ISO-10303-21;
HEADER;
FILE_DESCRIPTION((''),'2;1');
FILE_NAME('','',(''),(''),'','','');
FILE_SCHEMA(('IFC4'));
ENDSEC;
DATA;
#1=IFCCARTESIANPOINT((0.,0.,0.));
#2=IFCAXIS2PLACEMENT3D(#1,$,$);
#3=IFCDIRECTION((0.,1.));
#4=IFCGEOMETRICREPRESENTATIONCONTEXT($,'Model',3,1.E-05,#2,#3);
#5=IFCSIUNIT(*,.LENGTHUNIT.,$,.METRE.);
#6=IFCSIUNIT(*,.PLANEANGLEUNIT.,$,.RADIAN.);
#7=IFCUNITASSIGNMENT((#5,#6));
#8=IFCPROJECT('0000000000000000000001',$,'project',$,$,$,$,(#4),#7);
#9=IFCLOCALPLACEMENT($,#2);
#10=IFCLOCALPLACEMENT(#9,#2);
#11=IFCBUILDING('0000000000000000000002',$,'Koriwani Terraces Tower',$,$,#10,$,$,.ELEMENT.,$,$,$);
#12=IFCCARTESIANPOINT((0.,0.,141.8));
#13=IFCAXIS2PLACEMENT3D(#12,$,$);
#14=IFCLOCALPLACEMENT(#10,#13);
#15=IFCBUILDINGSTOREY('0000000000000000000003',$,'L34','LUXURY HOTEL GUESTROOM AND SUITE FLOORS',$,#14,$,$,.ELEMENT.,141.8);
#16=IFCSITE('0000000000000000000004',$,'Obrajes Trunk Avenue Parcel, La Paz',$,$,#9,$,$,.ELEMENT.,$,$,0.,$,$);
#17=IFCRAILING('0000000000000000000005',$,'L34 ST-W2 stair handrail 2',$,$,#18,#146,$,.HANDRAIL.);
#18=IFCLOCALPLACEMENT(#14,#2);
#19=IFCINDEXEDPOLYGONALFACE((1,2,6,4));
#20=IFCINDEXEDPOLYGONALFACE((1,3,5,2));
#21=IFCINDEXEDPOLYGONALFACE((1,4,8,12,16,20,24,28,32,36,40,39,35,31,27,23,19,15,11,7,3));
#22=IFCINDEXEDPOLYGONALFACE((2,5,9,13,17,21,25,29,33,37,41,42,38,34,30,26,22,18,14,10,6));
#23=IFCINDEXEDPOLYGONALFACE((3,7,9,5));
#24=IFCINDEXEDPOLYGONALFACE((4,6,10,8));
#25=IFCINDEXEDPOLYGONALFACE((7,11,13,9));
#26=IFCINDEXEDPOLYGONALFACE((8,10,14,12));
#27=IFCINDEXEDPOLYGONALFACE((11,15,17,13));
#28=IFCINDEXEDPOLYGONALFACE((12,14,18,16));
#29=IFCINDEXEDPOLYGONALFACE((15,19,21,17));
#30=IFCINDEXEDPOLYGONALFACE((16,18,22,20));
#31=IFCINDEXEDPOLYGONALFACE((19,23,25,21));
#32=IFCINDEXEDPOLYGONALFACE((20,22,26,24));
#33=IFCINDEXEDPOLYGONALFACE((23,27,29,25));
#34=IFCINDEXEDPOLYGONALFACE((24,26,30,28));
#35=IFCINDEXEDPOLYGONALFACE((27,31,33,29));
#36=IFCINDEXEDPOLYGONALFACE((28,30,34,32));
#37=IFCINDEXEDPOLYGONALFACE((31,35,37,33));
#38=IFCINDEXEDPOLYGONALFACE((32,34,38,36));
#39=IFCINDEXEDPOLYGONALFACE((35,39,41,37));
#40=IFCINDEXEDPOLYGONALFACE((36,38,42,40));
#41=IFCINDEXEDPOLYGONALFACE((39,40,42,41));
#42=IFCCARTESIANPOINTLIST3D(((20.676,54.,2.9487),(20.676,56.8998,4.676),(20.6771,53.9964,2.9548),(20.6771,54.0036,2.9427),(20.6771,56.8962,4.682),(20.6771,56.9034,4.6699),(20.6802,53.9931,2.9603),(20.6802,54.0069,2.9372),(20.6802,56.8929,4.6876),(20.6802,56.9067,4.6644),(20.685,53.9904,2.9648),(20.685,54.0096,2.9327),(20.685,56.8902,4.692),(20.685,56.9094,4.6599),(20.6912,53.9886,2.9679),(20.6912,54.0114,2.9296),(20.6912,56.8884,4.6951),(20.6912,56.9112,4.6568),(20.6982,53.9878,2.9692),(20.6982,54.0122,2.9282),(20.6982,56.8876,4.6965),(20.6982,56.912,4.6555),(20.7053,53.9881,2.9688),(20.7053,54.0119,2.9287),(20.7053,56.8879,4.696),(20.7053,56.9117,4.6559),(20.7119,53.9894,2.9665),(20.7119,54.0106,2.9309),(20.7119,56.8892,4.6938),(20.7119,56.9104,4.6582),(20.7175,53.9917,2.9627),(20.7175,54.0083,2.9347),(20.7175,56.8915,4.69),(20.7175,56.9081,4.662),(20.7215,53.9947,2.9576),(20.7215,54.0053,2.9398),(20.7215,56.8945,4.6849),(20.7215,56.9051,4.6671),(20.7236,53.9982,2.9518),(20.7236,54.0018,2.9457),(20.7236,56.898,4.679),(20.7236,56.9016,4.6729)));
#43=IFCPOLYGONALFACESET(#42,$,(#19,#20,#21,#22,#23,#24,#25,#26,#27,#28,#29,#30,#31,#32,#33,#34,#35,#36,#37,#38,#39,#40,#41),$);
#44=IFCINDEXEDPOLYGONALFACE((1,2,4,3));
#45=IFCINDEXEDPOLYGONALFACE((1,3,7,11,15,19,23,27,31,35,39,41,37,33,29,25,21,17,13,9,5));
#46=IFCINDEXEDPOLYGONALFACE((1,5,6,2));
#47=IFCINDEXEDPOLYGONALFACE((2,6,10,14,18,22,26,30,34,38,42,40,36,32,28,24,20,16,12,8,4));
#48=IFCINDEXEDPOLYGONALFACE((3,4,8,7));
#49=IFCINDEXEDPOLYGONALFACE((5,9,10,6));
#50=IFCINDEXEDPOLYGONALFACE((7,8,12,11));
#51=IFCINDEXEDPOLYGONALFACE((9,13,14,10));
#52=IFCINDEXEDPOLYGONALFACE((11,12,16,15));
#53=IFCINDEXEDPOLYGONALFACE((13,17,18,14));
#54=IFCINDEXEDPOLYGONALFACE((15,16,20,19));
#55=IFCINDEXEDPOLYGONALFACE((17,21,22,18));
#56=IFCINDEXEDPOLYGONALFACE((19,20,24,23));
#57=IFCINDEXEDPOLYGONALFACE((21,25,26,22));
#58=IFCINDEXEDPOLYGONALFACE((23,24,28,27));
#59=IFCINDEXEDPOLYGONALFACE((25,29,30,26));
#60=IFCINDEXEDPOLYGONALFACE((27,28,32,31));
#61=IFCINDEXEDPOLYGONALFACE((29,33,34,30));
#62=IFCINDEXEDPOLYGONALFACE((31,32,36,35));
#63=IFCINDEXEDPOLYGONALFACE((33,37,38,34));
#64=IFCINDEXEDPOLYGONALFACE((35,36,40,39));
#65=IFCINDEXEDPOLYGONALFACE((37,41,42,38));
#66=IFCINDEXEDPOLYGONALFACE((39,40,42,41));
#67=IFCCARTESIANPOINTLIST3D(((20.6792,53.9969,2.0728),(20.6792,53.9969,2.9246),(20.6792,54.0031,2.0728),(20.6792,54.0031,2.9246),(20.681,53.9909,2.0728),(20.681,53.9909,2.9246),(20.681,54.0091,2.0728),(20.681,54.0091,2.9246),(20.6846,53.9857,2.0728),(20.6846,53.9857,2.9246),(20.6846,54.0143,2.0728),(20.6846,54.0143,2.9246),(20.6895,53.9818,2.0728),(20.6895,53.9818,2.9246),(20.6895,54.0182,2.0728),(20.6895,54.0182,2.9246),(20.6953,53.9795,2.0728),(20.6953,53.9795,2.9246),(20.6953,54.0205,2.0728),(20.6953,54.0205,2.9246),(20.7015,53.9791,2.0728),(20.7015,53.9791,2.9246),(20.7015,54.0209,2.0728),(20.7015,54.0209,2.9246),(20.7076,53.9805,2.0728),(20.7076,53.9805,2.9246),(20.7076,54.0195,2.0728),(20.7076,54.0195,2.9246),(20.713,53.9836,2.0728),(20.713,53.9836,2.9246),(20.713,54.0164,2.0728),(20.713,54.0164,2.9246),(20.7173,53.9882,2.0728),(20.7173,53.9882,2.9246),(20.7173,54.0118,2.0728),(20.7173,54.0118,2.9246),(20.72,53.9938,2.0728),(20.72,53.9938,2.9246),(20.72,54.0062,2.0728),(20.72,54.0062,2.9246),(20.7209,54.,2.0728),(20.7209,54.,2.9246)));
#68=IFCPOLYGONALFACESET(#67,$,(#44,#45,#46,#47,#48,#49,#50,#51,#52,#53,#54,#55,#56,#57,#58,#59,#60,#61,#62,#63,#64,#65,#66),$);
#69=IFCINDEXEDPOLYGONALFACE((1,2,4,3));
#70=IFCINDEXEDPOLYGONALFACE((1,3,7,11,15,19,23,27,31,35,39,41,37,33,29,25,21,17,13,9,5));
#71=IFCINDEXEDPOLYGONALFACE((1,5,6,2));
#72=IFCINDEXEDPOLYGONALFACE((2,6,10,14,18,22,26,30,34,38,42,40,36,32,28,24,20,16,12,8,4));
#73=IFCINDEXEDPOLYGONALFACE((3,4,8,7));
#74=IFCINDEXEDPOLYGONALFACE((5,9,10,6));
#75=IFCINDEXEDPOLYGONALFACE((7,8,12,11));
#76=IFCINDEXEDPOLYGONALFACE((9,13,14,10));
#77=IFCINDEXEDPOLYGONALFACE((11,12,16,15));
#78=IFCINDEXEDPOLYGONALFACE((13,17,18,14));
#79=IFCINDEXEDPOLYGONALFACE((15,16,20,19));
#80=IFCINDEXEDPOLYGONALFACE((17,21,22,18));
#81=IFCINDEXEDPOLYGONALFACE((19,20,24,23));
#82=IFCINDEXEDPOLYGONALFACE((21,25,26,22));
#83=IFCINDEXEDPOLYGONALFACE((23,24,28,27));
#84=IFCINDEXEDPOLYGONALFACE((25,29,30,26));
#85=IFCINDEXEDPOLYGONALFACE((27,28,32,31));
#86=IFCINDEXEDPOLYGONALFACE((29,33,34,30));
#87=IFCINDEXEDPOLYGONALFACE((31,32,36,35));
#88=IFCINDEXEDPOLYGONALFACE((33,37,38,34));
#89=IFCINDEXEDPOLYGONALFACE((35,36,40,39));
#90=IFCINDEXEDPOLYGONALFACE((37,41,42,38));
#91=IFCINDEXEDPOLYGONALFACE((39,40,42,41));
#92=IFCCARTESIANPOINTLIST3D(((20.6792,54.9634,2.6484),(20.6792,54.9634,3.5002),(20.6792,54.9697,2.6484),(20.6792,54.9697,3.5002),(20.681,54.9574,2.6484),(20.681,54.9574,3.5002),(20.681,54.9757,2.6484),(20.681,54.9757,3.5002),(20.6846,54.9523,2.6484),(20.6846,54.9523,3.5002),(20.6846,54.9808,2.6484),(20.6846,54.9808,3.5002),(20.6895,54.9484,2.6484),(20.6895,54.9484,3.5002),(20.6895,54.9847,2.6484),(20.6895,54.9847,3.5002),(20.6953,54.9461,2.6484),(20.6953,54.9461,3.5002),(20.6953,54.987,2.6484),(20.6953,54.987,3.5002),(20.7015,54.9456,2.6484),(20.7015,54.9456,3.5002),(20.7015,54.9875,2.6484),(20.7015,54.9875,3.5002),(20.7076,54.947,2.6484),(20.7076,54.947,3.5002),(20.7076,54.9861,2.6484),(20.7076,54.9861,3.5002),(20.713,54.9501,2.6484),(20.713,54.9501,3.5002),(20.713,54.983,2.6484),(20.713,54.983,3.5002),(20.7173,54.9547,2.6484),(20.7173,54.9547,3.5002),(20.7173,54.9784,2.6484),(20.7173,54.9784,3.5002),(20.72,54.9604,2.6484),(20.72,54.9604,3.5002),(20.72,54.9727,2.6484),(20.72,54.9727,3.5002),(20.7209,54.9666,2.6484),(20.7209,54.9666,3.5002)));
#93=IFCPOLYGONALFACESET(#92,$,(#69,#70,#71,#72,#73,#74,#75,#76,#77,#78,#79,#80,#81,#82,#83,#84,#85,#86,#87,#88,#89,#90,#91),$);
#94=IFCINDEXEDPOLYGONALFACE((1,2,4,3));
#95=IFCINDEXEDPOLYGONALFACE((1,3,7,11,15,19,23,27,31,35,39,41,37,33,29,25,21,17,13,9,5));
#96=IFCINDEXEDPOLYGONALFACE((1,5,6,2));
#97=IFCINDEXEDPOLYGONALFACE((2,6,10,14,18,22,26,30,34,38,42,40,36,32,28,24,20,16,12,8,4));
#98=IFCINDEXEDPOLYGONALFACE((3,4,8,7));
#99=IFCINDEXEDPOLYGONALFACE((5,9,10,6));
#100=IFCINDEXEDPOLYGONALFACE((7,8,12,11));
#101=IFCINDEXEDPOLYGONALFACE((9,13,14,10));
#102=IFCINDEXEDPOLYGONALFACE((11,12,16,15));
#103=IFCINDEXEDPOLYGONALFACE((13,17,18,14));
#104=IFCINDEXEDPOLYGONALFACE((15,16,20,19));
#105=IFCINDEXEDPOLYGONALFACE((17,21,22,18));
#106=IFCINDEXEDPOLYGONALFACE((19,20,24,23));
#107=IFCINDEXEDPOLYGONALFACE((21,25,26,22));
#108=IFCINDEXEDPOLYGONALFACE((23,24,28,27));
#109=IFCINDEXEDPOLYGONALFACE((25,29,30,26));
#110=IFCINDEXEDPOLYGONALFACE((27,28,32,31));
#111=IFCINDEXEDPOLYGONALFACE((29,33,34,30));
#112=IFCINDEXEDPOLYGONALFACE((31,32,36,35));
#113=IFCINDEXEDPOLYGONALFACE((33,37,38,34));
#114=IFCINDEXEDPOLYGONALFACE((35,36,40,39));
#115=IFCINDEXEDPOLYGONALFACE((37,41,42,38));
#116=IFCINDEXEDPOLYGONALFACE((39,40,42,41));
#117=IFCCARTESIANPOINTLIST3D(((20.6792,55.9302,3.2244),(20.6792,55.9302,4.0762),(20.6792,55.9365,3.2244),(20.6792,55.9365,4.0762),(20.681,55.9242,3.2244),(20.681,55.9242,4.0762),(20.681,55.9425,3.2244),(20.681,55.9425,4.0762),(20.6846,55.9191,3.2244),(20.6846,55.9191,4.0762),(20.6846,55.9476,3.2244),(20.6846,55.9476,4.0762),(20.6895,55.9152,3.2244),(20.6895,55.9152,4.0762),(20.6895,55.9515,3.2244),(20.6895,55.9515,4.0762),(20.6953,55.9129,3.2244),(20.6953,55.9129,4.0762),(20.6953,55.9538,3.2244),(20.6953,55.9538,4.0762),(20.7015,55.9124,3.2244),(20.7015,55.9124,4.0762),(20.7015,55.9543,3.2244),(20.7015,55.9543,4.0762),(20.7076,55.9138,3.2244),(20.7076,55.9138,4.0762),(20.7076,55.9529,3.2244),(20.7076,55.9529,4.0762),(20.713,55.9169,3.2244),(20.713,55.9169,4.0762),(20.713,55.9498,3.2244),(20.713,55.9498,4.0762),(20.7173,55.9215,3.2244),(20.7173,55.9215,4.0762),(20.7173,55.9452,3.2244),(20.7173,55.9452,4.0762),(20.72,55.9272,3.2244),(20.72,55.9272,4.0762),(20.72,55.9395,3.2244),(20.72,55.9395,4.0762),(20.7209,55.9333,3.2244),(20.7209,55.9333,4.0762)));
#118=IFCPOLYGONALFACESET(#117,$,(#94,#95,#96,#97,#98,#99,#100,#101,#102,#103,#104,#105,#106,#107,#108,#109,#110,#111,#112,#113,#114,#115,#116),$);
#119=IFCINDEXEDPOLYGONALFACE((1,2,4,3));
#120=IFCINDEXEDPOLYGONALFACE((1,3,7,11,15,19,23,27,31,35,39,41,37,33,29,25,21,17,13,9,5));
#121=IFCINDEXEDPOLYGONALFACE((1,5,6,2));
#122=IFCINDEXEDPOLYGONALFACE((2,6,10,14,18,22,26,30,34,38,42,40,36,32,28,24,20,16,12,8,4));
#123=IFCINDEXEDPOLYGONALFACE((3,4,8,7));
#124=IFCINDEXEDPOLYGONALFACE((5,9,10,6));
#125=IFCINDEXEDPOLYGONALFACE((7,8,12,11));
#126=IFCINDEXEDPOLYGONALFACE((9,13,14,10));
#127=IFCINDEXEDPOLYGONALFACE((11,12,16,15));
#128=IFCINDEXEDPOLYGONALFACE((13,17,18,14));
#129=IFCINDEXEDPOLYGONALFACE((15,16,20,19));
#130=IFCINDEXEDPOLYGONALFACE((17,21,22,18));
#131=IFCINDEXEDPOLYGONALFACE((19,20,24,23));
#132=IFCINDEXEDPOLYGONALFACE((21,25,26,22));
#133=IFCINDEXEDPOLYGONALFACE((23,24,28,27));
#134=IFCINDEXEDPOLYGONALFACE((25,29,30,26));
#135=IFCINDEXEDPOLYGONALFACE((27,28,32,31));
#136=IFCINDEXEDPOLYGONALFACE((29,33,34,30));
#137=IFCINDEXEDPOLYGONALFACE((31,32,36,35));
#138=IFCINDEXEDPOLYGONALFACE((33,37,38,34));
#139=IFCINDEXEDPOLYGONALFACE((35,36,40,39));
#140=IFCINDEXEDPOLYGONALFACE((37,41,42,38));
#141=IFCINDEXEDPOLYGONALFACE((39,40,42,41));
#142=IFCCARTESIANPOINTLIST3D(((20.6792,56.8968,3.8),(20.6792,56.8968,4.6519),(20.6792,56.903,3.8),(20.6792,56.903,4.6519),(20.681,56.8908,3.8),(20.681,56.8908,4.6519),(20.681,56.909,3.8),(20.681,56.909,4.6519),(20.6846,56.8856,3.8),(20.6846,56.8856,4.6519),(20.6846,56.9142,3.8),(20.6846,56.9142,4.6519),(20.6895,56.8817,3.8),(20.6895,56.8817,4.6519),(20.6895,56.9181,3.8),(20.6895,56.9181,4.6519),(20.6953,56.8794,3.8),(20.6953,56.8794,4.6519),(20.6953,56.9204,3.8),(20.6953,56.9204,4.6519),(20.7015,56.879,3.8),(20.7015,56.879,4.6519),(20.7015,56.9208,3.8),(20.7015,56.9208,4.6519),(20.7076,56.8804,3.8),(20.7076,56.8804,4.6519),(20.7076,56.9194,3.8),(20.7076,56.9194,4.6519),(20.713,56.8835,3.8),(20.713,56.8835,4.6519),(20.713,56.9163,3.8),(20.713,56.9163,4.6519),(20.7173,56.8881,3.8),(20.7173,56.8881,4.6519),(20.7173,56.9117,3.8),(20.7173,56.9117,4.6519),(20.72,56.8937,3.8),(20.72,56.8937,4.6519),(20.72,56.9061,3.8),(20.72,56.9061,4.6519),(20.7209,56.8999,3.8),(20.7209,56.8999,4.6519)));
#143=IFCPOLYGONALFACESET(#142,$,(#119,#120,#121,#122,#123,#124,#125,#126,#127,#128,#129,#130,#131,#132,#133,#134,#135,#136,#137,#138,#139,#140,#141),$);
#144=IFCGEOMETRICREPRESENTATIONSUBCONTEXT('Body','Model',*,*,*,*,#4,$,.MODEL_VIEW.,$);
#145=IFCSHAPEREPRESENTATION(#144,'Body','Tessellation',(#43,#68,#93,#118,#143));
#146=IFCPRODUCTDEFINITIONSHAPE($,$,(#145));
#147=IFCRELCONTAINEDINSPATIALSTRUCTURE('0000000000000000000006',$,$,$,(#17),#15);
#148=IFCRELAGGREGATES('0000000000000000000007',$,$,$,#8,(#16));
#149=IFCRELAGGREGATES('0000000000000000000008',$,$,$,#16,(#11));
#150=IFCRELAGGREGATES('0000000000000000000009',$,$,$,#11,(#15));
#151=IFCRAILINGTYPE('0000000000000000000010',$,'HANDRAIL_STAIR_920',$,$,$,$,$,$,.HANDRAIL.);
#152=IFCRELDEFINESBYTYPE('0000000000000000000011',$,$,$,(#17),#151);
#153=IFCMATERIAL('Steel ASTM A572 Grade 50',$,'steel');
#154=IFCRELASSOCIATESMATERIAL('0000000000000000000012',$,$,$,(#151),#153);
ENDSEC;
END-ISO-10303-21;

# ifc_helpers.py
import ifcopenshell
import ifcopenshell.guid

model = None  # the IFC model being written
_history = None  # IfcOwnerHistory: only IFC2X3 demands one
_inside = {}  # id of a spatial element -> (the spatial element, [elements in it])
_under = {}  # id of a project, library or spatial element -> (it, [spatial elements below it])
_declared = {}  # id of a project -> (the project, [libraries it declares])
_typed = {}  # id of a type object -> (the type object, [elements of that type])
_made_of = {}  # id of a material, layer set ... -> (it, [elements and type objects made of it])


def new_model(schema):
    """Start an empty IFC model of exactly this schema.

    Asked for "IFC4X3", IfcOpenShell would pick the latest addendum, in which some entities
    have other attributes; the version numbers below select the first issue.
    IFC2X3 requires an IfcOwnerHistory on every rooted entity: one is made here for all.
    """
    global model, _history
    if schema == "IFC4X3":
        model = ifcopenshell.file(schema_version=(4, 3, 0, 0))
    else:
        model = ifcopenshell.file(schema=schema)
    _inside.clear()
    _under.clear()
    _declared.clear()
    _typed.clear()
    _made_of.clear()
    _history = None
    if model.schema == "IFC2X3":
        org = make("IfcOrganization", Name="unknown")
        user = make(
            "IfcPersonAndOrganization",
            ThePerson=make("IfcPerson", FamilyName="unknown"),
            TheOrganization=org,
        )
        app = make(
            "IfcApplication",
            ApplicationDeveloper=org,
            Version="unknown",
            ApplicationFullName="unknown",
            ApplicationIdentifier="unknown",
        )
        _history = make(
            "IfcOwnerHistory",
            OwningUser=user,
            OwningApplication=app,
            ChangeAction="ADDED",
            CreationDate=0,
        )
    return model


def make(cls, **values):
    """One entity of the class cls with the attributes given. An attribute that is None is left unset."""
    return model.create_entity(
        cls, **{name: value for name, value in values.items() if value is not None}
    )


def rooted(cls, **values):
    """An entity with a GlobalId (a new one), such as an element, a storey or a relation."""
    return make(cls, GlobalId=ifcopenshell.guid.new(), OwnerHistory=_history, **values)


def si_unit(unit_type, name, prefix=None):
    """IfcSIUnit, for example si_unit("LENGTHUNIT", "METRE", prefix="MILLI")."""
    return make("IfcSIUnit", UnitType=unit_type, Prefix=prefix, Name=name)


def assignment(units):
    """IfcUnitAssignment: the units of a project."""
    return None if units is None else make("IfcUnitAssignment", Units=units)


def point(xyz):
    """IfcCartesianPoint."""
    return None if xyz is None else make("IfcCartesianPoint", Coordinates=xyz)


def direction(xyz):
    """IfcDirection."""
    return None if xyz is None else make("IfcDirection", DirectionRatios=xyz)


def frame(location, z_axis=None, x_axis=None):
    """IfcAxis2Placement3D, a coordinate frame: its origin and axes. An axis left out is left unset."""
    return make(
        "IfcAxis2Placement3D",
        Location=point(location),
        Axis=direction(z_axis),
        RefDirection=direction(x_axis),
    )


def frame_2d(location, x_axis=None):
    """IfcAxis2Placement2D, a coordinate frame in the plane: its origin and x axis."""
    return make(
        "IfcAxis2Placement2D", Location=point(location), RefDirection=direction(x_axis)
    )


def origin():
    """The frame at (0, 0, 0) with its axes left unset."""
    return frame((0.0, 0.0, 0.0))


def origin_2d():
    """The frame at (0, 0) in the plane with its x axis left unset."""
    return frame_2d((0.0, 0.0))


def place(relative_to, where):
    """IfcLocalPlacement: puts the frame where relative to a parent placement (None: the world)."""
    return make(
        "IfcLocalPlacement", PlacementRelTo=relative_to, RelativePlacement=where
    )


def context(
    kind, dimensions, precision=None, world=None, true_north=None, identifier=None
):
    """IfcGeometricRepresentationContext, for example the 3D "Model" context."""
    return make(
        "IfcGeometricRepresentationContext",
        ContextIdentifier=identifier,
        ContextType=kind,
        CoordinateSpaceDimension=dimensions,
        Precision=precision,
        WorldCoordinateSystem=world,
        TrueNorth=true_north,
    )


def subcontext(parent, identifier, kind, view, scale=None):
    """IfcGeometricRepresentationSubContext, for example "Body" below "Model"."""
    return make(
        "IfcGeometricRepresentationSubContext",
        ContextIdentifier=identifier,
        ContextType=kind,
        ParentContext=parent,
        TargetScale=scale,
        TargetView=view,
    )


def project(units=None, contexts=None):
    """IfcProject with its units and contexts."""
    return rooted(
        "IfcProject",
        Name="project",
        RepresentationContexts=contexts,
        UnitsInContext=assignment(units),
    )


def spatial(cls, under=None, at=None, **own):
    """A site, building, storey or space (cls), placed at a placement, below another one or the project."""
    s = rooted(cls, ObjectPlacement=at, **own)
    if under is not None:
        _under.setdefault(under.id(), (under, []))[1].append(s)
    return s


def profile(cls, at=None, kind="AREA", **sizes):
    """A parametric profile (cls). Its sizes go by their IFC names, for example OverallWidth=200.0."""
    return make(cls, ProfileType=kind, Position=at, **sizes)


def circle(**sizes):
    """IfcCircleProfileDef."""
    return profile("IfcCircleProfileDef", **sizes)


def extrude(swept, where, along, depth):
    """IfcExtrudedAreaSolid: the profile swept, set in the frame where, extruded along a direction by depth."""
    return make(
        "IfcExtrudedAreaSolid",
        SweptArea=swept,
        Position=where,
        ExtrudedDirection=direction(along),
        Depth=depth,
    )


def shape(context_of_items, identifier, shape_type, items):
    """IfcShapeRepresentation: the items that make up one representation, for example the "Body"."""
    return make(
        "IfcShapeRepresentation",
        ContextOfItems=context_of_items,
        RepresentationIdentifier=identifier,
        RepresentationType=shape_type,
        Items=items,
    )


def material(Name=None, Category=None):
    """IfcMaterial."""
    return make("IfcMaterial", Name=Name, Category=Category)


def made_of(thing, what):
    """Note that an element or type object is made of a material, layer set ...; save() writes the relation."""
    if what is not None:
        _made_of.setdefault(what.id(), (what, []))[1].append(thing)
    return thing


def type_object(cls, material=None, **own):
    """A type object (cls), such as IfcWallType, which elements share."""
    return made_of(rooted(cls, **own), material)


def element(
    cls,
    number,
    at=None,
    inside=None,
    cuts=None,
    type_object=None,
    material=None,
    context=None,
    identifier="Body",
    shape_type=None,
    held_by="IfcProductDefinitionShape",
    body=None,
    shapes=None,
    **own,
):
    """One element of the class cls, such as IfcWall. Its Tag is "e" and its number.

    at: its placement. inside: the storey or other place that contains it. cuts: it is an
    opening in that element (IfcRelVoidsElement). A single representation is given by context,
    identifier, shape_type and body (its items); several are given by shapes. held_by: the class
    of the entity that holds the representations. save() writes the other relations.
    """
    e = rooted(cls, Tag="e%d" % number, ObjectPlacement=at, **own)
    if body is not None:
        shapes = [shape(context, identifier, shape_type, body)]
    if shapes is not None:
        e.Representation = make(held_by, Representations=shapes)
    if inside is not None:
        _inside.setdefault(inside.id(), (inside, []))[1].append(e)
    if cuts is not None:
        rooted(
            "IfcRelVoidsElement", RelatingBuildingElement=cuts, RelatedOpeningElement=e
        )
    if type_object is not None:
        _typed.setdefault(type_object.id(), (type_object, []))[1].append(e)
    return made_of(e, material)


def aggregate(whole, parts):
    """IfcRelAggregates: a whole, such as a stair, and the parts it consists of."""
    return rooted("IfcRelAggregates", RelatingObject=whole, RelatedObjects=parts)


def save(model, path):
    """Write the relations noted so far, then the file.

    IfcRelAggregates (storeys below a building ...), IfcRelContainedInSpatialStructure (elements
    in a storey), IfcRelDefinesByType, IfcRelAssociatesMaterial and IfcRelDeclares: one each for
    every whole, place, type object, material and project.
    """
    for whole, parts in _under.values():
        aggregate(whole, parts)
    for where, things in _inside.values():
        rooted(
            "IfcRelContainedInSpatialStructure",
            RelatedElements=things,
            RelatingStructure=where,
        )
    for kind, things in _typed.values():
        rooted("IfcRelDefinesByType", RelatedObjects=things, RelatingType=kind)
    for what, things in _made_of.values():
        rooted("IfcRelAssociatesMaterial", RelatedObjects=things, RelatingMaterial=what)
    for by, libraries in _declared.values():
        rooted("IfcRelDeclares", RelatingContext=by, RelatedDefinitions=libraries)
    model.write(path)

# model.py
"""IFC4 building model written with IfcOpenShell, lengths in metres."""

from ifc_helpers import new_model, si_unit, direction, frame, origin, origin_2d, place, context, subcontext, project, spatial, circle, extrude, material, type_object, element, save


model = new_model("IFC4")

# Units and contexts
model_context = context("Model", 3, precision=1e-05, world=origin(), true_north=direction((0.0, 1.0)))
body_context = subcontext(model_context, "Body", "Model", "MODEL_VIEW")
ifc_project = project(units=[si_unit("LENGTHUNIT", "METRE"), si_unit("PLANEANGLEUNIT", "RADIAN")], contexts=[model_context])

# Site, building, storey
site_placement = place(None, origin())
site = spatial("IfcSite", under=ifc_project, at=site_placement, Name="Obrajes Trunk Avenue Parcel, La Paz", CompositionType="ELEMENT", RefElevation=0.0)
building_placement = place(site_placement, origin())
building = spatial("IfcBuilding", under=site, at=building_placement, Name="Koriwani Terraces Tower", CompositionType="ELEMENT")
storey_placement = place(building_placement, frame((0.0, 0.0, 141.8)))
storey = spatial("IfcBuildingStorey", under=building, at=storey_placement, Name="L34", Description="LUXURY HOTEL GUESTROOM AND SUITE FLOORS", CompositionType="ELEMENT", Elevation=141.8)

# Shared definitions
ifc_material_1 = material(Name="Steel ASTM A572 Grade 50", Category="steel")

# Railing
railing_type_1 = type_object("IfcRailingType", Name="HANDRAIL_STAIR_920", PredefinedType="HANDRAIL", material=ifc_material_1)
for number, where, name in (
    (1, (20.7, 54.0, 2.0728), "L34 ST-W2 stair handrail 2"),
):
    element("IfcRailing", number, at=place(storey_placement, frame(where)), inside=storey, type_object=railing_type_1, Name=name, PredefinedType="HANDRAIL", context=body_context, shape_type="SweptSolid", body=[
        extrude(circle(Radius=0.0239, at=origin_2d()), frame((0.0, 0.0, 0.876), z_axis=(0.0, 0.859141, 0.511738), x_axis=(-1.0, 0.0, 0.0)), (0.0, 0.0, 1.0), 3.3752),
        extrude(circle(Radius=0.021, at=origin_2d()), origin(), (0.0, 0.0, 1.0), 0.8518),
        extrude(circle(Radius=0.021, at=origin_2d()), frame((0.0, 0.9666, 0.5757)), (0.0, 0.0, 1.0), 0.8518),
        extrude(circle(Radius=0.021, at=origin_2d()), frame((0.0, 1.9333, 1.1516)), (0.0, 0.0, 1.0), 0.8518),
        extrude(circle(Radius=0.021, at=origin_2d()), frame((0.0, 2.8999, 1.7273)), (0.0, 0.0, 1.0), 0.8518),
    ])

save(model, "model.ifc")
